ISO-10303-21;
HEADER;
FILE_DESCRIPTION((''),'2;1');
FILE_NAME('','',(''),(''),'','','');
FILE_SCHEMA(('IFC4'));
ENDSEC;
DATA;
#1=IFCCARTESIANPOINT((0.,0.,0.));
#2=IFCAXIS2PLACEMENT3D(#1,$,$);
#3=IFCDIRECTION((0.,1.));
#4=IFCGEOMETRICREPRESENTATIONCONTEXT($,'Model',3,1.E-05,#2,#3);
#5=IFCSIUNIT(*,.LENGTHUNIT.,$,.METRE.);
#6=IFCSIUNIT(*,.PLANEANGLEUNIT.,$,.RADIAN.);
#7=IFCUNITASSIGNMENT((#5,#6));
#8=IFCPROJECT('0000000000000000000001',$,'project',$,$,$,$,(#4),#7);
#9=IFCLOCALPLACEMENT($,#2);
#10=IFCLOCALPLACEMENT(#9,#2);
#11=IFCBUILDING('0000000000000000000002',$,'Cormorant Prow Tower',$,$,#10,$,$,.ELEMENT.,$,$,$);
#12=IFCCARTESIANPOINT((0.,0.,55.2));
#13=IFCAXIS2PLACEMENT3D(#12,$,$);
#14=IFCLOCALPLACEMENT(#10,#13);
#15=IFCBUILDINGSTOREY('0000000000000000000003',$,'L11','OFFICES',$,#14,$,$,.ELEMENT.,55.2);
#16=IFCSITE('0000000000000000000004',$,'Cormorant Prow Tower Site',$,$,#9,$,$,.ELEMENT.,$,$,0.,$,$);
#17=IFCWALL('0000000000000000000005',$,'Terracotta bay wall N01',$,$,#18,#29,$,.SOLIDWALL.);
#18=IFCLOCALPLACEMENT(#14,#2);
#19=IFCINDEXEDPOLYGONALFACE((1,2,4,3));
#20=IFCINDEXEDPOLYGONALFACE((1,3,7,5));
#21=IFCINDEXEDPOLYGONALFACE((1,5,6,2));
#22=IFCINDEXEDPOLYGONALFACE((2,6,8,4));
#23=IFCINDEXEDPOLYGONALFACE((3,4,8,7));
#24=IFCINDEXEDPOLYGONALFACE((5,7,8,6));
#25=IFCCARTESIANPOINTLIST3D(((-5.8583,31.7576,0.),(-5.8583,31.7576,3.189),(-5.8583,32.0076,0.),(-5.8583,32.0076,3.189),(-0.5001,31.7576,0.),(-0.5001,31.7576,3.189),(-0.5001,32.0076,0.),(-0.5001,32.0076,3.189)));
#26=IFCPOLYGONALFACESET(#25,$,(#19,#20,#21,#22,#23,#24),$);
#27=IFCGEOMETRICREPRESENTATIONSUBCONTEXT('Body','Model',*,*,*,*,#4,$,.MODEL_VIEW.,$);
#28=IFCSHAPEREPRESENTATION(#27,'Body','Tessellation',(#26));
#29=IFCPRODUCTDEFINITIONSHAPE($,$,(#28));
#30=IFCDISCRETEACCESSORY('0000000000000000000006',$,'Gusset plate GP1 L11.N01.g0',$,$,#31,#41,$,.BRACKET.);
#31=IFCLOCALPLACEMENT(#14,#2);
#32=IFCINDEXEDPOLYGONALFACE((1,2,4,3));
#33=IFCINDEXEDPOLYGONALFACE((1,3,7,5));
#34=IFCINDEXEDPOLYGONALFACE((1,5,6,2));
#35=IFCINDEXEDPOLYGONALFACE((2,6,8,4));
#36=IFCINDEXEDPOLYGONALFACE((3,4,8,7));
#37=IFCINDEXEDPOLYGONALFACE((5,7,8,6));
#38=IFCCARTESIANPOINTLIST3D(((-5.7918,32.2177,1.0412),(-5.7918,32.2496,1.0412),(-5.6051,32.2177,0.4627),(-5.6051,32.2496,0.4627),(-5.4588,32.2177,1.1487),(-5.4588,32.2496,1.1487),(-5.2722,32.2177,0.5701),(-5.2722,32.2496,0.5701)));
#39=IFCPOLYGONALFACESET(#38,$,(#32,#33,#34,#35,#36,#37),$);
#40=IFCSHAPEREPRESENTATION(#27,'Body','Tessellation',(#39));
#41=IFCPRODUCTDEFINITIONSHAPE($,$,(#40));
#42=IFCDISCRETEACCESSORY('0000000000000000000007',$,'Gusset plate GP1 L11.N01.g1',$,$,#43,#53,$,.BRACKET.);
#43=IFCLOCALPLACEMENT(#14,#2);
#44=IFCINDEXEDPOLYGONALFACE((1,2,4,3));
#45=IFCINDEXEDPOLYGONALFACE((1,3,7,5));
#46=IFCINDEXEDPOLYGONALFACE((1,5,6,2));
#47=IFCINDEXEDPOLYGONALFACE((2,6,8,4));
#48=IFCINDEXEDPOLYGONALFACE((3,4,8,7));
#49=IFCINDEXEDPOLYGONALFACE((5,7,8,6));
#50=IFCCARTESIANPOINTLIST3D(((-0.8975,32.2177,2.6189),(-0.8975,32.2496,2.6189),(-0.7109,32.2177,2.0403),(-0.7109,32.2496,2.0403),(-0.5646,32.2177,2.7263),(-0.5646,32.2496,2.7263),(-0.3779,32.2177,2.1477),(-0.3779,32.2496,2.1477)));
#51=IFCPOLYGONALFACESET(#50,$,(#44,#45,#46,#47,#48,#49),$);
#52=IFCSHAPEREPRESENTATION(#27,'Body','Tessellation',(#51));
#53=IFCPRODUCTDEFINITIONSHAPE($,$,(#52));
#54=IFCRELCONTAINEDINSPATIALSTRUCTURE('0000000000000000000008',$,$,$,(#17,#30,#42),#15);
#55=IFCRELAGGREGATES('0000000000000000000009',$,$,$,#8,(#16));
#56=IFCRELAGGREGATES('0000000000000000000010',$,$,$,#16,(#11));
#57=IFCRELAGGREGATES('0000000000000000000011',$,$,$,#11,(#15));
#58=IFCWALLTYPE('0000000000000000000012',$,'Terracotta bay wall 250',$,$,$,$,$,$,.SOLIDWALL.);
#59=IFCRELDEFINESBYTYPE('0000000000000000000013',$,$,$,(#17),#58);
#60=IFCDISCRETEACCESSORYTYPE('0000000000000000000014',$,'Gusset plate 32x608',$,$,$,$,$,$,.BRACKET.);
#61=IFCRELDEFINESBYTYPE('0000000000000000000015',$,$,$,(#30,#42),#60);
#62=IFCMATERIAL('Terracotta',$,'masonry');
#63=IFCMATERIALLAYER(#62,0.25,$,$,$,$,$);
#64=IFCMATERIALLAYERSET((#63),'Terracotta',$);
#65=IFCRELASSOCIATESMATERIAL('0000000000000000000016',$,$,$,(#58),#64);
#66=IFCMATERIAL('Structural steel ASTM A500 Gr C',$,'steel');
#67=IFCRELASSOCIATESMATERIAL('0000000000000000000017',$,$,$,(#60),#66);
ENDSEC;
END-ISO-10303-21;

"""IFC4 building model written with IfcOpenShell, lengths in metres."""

from ifc_helpers import new_model, si_unit, direction, frame, frame_2d, origin, origin_2d, place, context, subcontext, project, spatial, rectangle, extrude, material, layer, layer_set, material_profile, profile_set, type_object, element, save


model = new_model("IFC4")

# Units and contexts
model_context = context("Model", 3, precision=1e-05, world=origin(), true_north=direction((0.0, 1.0)))
body_context = subcontext(model_context, "Body", "Model", "MODEL_VIEW")
ifc_project = project(units=[si_unit("LENGTHUNIT", "METRE"), si_unit("PLANEANGLEUNIT", "RADIAN")], contexts=[model_context])

# Site, building, storey
site_placement = place(None, origin())
site = spatial("IfcSite", under=ifc_project, at=site_placement, Name="Cormorant Prow Tower Site", CompositionType="ELEMENT", RefElevation=0.0)
building_placement = place(site_placement, origin())
building = spatial("IfcBuilding", under=site, at=building_placement, Name="Cormorant Prow Tower", CompositionType="ELEMENT")
storey_placement = place(building_placement, frame((0.0, 0.0, 55.2)))
storey = spatial("IfcBuildingStorey", under=building, at=storey_placement, Name="L11", Description="OFFICES", CompositionType="ELEMENT", Elevation=55.2)

# Wall
ifc_material_1 = material(Name="Terracotta", Category="masonry")
ifc_layer_1 = layer(ifc_material_1, 0.25)
ifc_layer_set_1 = layer_set([ifc_layer_1], Name="Terracotta")
wall_type_1 = type_object("IfcWallType", Name="Terracotta bay wall 250", PredefinedType="SOLIDWALL", material=ifc_layer_set_1)
wall_1_placement = place(storey_placement, frame((-0.5, 31.8826, 0.0), z_axis=(0.0, 0.0, 1.0), x_axis=(-1.0, 0.0, 0.0)))
element("IfcWall", 1, at=wall_1_placement, inside=storey, type_object=wall_type_1, Name="Terracotta bay wall N01", PredefinedType="SOLIDWALL", context=body_context, shape_type="SweptSolid", body=[
    extrude(rectangle(XDim=5.3582, YDim=0.25, at=frame_2d((2.6792, 0.0))), origin(), (0.0, 0.0, 1.0), 3.189),
])

# Discrete accessories
ifc_material_2 = material(Name="Structural steel ASTM A500 Gr C", Category="steel")
ifc_material_profile_1 = material_profile(ifc_material_2, rectangle(XDim=0.032, YDim=0.6079, at=origin_2d()), Name="Gusset plate 32x608")
ifc_profile_set_1 = profile_set([ifc_material_profile_1], Name="Structural steel ASTM A500 Gr C")
discrete_accessory_type = type_object("IfcDiscreteAccessoryType", Name="Gusset plate 32x608", PredefinedType="BRACKET", material=ifc_profile_set_1)
for number, where, z_axis, x_axis, name in (
    (2, (-5.3655, 32.2336, 0.8594), (-0.951709, 0.0, -0.307003), (0.0, -1.0, 0.0), "Gusset plate GP1 L11.N01.g0"),
    (3, (-0.8042, 32.2336, 2.3296), (0.951709, 0.0, 0.307003), (0.0, 1.0, 0.0), "Gusset plate GP1 L11.N01.g1"),
):
    element("IfcDiscreteAccessory", number, at=place(storey_placement, frame(where, z_axis=z_axis, x_axis=x_axis)), inside=storey, type_object=discrete_accessory_type, Name=name, PredefinedType="BRACKET", context=body_context, shape_type="SweptSolid", body=[
        extrude(rectangle(XDim=0.032, YDim=0.6079, at=origin_2d()), origin(), (0.0, 0.0, 1.0), 0.3499),
    ])

save(model, "model.ifc")
